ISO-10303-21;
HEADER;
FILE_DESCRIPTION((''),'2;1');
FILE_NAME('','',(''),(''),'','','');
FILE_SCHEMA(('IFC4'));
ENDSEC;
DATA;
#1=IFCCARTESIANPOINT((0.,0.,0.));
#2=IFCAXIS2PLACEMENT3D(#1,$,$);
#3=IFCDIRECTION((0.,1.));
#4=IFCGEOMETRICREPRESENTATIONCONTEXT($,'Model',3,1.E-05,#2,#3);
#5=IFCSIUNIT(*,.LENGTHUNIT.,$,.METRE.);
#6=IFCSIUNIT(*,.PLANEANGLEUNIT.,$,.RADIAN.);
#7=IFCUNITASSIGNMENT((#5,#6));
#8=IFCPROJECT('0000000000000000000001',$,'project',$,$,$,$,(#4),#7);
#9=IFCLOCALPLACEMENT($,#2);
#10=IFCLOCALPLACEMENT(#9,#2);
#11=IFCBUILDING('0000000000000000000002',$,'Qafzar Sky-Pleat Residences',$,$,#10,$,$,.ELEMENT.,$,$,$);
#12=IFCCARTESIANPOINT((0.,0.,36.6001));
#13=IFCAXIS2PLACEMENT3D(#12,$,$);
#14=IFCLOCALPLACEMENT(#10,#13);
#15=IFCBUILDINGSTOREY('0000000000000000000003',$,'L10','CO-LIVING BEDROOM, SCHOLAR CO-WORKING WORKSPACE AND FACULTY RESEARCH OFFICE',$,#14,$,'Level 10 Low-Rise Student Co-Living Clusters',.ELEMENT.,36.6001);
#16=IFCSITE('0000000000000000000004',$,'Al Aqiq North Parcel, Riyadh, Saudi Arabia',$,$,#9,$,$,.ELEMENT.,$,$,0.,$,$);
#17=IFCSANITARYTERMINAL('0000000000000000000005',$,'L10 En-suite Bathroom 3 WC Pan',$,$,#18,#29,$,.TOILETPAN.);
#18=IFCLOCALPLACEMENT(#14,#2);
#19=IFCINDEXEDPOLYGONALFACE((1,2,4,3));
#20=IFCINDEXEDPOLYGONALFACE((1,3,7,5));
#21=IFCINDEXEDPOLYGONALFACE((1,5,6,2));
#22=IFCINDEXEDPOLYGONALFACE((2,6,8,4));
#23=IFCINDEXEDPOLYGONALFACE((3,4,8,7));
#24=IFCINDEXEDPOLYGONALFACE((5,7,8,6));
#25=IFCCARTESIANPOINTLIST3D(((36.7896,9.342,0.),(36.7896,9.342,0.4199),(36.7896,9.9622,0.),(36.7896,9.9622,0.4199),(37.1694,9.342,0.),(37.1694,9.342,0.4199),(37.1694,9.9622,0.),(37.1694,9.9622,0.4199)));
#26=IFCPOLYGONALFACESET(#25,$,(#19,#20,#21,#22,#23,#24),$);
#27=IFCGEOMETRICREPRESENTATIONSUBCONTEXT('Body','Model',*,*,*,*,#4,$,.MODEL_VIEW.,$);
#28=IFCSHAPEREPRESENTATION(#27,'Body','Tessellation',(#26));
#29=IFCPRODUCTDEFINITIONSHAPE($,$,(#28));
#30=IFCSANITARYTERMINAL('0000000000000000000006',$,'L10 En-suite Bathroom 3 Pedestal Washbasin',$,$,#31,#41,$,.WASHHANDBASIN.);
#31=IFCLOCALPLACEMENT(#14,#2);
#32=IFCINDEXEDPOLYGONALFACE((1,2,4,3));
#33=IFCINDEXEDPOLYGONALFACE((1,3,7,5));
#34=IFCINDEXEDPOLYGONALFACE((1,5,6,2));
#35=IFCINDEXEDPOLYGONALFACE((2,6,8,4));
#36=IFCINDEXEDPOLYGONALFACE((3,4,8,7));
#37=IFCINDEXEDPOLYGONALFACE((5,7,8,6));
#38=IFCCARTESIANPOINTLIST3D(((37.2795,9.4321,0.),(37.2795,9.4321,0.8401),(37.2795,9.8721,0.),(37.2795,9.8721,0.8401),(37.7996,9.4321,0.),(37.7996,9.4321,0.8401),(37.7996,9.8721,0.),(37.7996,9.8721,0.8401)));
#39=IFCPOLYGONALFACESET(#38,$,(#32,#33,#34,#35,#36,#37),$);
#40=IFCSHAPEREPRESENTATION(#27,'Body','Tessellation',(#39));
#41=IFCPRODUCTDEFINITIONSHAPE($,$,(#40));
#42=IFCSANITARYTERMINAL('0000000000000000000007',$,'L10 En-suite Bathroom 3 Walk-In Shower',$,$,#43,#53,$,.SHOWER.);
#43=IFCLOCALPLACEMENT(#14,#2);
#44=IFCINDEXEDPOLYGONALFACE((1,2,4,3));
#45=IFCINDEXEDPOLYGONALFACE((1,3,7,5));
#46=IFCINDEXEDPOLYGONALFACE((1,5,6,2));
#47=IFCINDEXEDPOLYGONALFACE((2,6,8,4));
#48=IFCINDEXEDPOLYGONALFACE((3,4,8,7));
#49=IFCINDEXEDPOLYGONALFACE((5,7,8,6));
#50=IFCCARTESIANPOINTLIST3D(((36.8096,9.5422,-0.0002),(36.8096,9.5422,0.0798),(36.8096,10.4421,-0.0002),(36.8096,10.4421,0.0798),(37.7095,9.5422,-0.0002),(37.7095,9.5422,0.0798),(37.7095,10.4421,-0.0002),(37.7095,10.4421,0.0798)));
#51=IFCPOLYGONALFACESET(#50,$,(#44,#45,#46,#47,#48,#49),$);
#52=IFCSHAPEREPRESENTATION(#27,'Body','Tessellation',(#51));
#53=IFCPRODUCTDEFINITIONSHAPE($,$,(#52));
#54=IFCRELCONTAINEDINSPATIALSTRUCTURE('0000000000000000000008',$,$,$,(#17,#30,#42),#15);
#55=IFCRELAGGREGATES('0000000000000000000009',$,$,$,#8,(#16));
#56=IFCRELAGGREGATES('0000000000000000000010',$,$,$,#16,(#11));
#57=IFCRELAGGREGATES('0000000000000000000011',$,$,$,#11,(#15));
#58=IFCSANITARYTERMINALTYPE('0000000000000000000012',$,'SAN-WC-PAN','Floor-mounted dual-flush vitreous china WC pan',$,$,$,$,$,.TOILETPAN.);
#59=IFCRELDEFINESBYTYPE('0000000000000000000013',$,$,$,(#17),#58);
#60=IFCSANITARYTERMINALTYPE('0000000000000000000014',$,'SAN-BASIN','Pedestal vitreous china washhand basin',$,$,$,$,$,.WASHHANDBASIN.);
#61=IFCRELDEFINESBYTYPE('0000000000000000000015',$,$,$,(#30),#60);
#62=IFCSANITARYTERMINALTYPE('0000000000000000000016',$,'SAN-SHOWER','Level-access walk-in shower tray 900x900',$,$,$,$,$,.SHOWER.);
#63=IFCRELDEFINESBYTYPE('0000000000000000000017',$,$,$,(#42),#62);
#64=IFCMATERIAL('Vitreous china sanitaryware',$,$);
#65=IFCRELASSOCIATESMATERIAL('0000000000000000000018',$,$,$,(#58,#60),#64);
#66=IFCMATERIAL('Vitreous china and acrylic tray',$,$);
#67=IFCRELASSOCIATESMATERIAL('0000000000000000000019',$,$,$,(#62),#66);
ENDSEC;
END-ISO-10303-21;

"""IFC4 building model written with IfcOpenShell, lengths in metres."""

from ifc_helpers import new_model, si_unit, direction, frame, origin, origin_2d, place, context, subcontext, project, spatial, rectangle, extrude, source, transform, mapped, material, type_object, element, save


model = new_model("IFC4")

# Units and contexts
model_context = context("Model", 3, precision=1e-05, world=origin(), true_north=direction((0.0, 1.0)))
body_context = subcontext(model_context, "Body", "Model", "MODEL_VIEW")
ifc_project = project(units=[si_unit("LENGTHUNIT", "METRE"), si_unit("PLANEANGLEUNIT", "RADIAN")], contexts=[model_context])

# Site, building, storey
site_placement = place(None, origin())
site = spatial("IfcSite", under=ifc_project, at=site_placement, Name="Al Aqiq North Parcel, Riyadh, Saudi Arabia", CompositionType="ELEMENT", RefElevation=0.0)
building_placement = place(site_placement, origin())
building = spatial("IfcBuilding", under=site, at=building_placement, Name="Qafzar Sky-Pleat Residences", CompositionType="ELEMENT")
storey_placement = place(building_placement, frame((0.0, 0.0, 36.6001)))
storey = spatial("IfcBuildingStorey", under=building, at=storey_placement, Name="L10", Description="CO-LIVING BEDROOM, SCHOLAR CO-WORKING WORKSPACE AND FACULTY RESEARCH OFFICE", LongName="Level 10 Low-Rise Student Co-Living Clusters", CompositionType="ELEMENT", Elevation=36.6001)

# Sanitary terminals
ifc_material_1 = material(Name="Vitreous china sanitaryware")
sanitary_terminal_type_1 = type_object("IfcSanitaryTerminalType", Name="SAN-WC-PAN", Description="Floor-mounted dual-flush vitreous china WC pan", PredefinedType="TOILETPAN", material=ifc_material_1)
shared_shape_1 = source(origin(), body_context, "Body", "SweptSolid", [
    extrude(rectangle(XDim=0.3799, YDim=0.6201, at=origin_2d()), origin(), (0.0, 0.0, 1.0), 0.4199),
])
sanitary_terminal_1_placement = place(storey_placement, frame((36.9795, 9.6521, 0.0), z_axis=(0.0, 0.0, 1.0), x_axis=(1.0, 0.0, 0.0)))
element("IfcSanitaryTerminal", 1, at=sanitary_terminal_1_placement, inside=storey, type_object=sanitary_terminal_type_1, Name="L10 En-suite Bathroom 3 WC Pan", PredefinedType="TOILETPAN", context=body_context, shape_type="MappedRepresentation", body=[
    mapped(shared_shape_1, transform((0.0, 0.0, 0.0), x_axis=(1.0, 0.0, 0.0), y_axis=(0.0, 1.0, 0.0), z_axis=(0.0, 0.0, 1.0), scale=1.0)),
])
sanitary_terminal_type_2 = type_object("IfcSanitaryTerminalType", Name="SAN-BASIN", Description="Pedestal vitreous china washhand basin", PredefinedType="WASHHANDBASIN", material=ifc_material_1)
shared_shape_2 = source(origin(), body_context, "Body", "SweptSolid", [
    extrude(rectangle(XDim=0.52, YDim=0.4399, at=origin_2d()), origin(), (0.0, 0.0, 1.0), 0.8401),
])
sanitary_terminal_2_placement = place(storey_placement, frame((37.5396, 9.6521, 0.0), z_axis=(0.0, 0.0, 1.0), x_axis=(1.0, 0.0, 0.0)))
element("IfcSanitaryTerminal", 2, at=sanitary_terminal_2_placement, inside=storey, type_object=sanitary_terminal_type_2, Name="L10 En-suite Bathroom 3 Pedestal Washbasin", PredefinedType="WASHHANDBASIN", context=body_context, shape_type="MappedRepresentation", body=[
    mapped(shared_shape_2, transform((0.0, 0.0, 0.0), x_axis=(1.0, 0.0, 0.0), y_axis=(0.0, 1.0, 0.0), z_axis=(0.0, 0.0, 1.0), scale=1.0)),
])
ifc_material_2 = material(Name="Vitreous china and acrylic tray")
sanitary_terminal_type_3 = type_object("IfcSanitaryTerminalType", Name="SAN-SHOWER", Description="Level-access walk-in shower tray 900x900", PredefinedType="SHOWER", material=ifc_material_2)
shared_shape_3 = source(origin(), body_context, "Body", "SweptSolid", [
    extrude(rectangle(XDim=0.8999, YDim=0.8999, at=origin_2d()), origin(), (0.0, 0.0, 1.0), 0.0801),
])
sanitary_terminal_3_placement = place(storey_placement, frame((37.2595, 9.9922, -0.0002), z_axis=(0.0, 0.0, 1.0), x_axis=(1.0, 0.0, 0.0)))
element("IfcSanitaryTerminal", 3, at=sanitary_terminal_3_placement, inside=storey, type_object=sanitary_terminal_type_3, Name="L10 En-suite Bathroom 3 Walk-In Shower", PredefinedType="SHOWER", context=body_context, shape_type="MappedRepresentation", body=[
    mapped(shared_shape_3, transform((0.0, 0.0, 0.0), x_axis=(1.0, 0.0, 0.0), y_axis=(0.0, 1.0, 0.0), z_axis=(0.0, 0.0, 1.0), scale=1.0)),
])

save(model, "model.ifc")
